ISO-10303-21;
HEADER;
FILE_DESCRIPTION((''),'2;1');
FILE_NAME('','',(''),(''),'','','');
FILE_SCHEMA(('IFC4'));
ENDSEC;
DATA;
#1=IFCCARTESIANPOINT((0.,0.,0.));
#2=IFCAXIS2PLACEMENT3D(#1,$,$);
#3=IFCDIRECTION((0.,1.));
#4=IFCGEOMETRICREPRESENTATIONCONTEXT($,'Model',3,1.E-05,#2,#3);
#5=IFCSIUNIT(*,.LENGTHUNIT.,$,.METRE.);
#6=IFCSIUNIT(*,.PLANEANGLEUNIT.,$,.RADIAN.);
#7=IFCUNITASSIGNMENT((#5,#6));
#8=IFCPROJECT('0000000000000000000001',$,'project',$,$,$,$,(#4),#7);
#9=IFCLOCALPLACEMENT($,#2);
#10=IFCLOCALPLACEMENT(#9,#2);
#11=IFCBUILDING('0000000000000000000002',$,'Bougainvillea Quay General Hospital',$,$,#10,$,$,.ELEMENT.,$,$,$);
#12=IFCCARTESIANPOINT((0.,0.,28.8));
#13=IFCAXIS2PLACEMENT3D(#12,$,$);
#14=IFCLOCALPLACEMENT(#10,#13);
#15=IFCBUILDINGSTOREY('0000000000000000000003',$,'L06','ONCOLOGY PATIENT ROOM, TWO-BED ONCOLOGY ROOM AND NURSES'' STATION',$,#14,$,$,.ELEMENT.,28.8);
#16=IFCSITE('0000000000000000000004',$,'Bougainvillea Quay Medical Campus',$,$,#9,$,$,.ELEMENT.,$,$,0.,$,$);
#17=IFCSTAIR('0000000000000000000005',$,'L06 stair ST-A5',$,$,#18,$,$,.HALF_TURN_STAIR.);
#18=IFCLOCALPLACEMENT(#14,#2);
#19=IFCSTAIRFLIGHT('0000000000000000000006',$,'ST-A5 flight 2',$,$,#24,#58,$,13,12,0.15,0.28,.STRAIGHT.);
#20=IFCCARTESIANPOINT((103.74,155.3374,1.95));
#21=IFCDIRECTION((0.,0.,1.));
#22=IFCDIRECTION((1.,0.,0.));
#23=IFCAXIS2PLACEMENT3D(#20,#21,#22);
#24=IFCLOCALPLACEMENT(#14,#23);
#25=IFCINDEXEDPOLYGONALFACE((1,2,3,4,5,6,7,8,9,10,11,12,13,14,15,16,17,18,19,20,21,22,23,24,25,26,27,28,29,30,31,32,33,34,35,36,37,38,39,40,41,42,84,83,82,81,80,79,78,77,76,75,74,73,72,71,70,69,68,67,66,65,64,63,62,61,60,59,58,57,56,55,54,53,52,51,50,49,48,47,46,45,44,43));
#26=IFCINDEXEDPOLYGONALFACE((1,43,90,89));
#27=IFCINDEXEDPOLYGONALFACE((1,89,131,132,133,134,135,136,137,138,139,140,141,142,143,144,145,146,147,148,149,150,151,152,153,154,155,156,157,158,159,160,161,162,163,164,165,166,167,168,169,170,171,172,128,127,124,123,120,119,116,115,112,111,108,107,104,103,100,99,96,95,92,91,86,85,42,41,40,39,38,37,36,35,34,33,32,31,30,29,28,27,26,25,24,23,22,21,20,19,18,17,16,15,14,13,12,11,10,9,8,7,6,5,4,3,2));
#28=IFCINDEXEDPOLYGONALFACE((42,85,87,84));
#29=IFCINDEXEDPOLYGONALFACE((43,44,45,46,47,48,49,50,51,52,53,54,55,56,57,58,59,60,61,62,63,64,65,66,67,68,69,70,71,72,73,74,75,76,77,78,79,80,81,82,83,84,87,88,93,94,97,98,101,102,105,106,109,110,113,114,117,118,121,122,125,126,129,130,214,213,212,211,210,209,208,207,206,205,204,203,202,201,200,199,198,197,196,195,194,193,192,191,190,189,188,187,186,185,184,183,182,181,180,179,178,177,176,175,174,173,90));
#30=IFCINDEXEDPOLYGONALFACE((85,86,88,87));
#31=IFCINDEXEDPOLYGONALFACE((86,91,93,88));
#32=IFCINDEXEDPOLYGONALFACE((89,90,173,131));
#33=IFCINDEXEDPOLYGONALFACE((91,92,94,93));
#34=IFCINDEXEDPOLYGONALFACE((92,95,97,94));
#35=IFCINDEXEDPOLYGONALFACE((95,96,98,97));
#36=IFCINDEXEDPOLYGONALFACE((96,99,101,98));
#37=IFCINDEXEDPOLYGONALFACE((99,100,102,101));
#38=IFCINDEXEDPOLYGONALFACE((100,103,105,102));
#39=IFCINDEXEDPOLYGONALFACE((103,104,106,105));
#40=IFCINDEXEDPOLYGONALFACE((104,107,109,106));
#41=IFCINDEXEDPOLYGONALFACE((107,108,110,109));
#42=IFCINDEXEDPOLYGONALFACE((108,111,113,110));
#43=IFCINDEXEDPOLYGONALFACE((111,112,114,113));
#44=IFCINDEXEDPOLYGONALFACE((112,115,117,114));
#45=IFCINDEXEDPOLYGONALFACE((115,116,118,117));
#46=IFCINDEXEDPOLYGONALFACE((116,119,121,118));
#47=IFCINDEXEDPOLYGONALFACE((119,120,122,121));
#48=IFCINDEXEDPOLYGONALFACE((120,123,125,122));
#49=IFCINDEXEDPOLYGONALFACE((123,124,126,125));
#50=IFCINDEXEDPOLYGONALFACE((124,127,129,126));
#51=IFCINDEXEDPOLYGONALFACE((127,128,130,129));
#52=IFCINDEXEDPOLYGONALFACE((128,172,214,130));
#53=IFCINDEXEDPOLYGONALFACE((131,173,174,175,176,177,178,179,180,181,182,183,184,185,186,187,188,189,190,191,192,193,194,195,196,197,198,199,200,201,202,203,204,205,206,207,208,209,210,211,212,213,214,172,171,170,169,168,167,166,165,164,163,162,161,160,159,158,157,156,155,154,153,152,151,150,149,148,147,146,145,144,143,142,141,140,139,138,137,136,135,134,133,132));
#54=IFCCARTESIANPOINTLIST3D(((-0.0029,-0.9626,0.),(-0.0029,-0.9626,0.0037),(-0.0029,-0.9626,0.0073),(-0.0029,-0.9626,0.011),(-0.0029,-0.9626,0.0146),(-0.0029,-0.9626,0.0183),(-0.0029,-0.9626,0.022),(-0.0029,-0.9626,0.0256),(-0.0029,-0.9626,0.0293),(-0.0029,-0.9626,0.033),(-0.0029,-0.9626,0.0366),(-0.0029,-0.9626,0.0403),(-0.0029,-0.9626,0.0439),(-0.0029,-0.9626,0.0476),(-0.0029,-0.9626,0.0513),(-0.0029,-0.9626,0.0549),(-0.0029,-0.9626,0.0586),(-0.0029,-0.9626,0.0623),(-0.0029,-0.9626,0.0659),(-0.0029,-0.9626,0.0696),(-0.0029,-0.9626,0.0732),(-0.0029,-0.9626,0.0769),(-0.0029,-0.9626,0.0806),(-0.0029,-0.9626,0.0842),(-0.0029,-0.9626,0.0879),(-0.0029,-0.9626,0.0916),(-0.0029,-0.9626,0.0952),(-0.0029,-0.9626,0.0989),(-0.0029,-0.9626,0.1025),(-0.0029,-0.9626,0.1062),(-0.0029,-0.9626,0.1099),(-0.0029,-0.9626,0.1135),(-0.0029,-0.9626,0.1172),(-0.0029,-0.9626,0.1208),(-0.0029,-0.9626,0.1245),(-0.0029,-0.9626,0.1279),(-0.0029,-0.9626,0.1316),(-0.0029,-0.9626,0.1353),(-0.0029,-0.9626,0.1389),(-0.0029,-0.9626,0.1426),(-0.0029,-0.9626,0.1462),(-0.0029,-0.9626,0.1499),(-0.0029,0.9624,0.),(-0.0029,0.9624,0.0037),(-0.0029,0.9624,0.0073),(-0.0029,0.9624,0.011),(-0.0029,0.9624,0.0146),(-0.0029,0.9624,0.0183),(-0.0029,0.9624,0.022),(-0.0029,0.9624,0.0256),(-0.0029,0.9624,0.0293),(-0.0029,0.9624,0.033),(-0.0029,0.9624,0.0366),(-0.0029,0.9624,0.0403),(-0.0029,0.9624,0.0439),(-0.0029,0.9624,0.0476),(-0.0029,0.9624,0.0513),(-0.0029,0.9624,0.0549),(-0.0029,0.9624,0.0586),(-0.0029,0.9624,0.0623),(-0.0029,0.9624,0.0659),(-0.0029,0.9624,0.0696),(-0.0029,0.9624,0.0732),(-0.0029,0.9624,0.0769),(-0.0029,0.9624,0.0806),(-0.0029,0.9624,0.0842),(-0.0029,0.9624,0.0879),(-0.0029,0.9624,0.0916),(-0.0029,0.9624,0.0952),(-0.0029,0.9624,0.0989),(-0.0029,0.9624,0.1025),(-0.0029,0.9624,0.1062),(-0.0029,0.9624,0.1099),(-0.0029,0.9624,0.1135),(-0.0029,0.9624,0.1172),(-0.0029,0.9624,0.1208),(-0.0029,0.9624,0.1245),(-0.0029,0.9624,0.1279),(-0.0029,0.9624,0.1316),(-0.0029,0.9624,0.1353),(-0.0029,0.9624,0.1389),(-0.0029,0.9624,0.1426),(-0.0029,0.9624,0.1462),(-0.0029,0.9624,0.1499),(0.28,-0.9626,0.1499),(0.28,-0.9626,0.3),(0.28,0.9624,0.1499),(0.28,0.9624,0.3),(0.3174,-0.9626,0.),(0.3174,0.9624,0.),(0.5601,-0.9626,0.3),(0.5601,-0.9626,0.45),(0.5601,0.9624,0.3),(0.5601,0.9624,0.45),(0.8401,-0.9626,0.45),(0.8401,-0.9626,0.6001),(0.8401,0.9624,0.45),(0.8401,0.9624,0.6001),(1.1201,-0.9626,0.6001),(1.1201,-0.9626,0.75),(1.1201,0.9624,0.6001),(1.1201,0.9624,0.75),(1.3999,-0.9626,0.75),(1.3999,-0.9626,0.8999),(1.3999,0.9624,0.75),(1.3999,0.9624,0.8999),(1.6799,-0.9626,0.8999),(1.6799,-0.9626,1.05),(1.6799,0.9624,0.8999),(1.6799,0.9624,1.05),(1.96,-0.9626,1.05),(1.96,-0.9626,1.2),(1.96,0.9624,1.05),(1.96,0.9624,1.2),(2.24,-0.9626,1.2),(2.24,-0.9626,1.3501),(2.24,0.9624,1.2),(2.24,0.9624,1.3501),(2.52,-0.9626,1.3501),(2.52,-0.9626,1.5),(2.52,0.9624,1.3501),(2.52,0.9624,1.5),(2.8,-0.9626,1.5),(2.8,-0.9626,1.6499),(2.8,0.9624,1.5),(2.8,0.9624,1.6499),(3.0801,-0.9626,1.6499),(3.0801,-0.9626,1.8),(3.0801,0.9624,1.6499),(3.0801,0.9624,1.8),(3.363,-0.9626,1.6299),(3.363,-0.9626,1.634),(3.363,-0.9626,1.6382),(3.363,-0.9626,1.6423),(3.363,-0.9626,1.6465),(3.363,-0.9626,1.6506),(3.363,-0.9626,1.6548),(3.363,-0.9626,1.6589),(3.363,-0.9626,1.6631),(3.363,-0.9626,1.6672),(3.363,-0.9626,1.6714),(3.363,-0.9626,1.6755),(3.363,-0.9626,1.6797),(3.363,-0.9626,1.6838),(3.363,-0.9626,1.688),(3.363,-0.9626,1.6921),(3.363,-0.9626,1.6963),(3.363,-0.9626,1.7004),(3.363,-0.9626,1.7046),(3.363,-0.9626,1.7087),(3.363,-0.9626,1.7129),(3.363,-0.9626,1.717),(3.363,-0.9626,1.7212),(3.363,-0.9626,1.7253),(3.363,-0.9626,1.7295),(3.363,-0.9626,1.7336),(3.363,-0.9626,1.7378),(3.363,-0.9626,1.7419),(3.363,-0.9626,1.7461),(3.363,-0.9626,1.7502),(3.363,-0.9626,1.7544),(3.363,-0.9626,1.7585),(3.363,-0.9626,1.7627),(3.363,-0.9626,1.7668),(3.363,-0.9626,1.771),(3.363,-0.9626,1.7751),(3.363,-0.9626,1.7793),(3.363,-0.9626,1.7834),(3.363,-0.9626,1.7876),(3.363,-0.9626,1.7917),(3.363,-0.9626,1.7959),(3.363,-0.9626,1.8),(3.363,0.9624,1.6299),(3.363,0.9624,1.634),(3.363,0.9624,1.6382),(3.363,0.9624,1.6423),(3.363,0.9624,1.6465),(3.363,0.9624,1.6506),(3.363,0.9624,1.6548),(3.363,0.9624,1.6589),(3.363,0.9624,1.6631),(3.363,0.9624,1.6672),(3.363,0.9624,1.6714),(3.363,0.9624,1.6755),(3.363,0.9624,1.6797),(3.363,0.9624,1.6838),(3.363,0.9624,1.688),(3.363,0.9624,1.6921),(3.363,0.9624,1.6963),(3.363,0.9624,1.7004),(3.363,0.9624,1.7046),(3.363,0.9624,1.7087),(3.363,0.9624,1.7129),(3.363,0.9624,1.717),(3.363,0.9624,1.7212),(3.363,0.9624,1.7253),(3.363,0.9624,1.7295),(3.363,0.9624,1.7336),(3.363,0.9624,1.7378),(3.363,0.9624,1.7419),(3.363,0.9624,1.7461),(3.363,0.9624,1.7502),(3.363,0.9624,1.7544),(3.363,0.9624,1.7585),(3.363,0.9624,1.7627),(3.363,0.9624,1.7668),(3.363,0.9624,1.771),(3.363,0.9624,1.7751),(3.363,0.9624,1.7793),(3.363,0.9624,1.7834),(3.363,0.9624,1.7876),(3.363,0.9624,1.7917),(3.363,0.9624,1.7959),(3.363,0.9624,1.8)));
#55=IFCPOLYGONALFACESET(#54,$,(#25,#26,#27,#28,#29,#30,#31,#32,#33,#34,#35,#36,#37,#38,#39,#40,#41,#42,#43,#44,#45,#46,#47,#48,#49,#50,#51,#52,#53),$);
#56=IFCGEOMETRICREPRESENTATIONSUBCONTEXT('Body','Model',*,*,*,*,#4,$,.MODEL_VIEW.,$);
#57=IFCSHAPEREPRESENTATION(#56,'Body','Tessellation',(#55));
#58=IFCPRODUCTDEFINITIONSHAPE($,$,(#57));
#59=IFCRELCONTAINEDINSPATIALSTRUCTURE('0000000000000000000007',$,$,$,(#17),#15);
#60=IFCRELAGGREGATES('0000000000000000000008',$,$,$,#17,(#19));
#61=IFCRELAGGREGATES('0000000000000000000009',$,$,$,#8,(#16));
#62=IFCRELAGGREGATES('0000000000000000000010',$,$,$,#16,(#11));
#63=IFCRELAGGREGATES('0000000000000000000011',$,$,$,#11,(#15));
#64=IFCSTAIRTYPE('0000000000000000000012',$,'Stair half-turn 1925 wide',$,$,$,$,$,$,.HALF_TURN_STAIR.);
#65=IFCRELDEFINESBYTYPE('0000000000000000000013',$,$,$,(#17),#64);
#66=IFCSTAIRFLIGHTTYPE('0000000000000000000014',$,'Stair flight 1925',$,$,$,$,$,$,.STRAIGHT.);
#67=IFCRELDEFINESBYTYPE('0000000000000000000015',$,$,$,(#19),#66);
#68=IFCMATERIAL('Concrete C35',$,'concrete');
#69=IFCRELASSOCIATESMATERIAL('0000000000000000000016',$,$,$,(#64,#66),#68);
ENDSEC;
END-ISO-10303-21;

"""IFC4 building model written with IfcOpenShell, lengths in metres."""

from ifc_helpers import new_model, si_unit, direction, frame, origin, place, context, subcontext, project, spatial, polyline, outline, extrude, material, type_object, element, aggregate, save


model = new_model("IFC4")

# Units and contexts
model_context = context("Model", 3, precision=1e-05, world=origin(), true_north=direction((0.0, 1.0)))
body_context = subcontext(model_context, "Body", "Model", "MODEL_VIEW")
ifc_project = project(units=[si_unit("LENGTHUNIT", "METRE"), si_unit("PLANEANGLEUNIT", "RADIAN")], contexts=[model_context])

# Site, building, storey
site_placement = place(None, origin())
site = spatial("IfcSite", under=ifc_project, at=site_placement, Name="Bougainvillea Quay Medical Campus", CompositionType="ELEMENT", RefElevation=0.0)
building_placement = place(site_placement, origin())
building = spatial("IfcBuilding", under=site, at=building_placement, Name="Bougainvillea Quay General Hospital", CompositionType="ELEMENT")
storey_placement = place(building_placement, frame((0.0, 0.0, 28.8)))
storey = spatial("IfcBuildingStorey", under=building, at=storey_placement, Name="L06", Description="ONCOLOGY PATIENT ROOM, TWO-BED ONCOLOGY ROOM AND NURSES' STATION", CompositionType="ELEMENT", Elevation=28.8)

# Stair, stair flight
ifc_material_1 = material(Name="Concrete C35", Category="concrete")
stair_type = type_object("IfcStairType", Name="Stair half-turn 1925 wide", PredefinedType="HALF_TURN_STAIR", material=ifc_material_1)
stair_placement = place(storey_placement, origin())
stair = element("IfcStair", 1, at=stair_placement, inside=storey, type_object=stair_type, Name="L06 stair ST-A5", PredefinedType="HALF_TURN_STAIR")
stair_flight_type = type_object("IfcStairFlightType", Name="Stair flight 1925", PredefinedType="STRAIGHT", material=ifc_material_1)
stair_flight_1_placement = place(storey_placement, frame((103.74, 155.3374, 1.95), z_axis=(0.0, 0.0, 1.0), x_axis=(1.0, 0.0, 0.0)))
stair_flight_1 = element("IfcStairFlight", 2, at=stair_flight_1_placement, type_object=stair_flight_type, Name="ST-A5 flight 2", NumberOfRisers=13, NumberOfTreads=12, PredefinedType="STRAIGHT", RiserHeight=0.15, TreadLength=0.28, context=body_context, shape_type="SweptSolid", body=[
    extrude(outline(polyline([(-0.0029, 0.0), (-0.0029, 0.0037), (-0.0029, 0.0073), (-0.0029, 0.011), (-0.0029, 0.0146), (-0.0029, 0.0183), (-0.0029, 0.022), (-0.0029, 0.0256), (-0.0029, 0.0293), (-0.0029, 0.033), (-0.0029, 0.0366), (-0.0029, 0.0403), (-0.0029, 0.0439), (-0.0029, 0.0476), (-0.0029, 0.0513), (-0.0029, 0.0549), (-0.0029, 0.0586), (-0.0029, 0.0623), (-0.0029, 0.0659), (-0.0029, 0.0696), (-0.0029, 0.0732), (-0.0029, 0.0769), (-0.0029, 0.0806), (-0.0029, 0.0842), (-0.0029, 0.0879), (-0.0029, 0.0916), (-0.0029, 0.0952), (-0.0029, 0.0989), (-0.0029, 0.1025), (-0.0029, 0.1062), (-0.0029, 0.1099), (-0.0029, 0.1135), (-0.0029, 0.1172), (-0.0029, 0.1208), (-0.0029, 0.1245), (-0.0029, 0.1279), (-0.0029, 0.1316), (-0.0029, 0.1353), (-0.0029, 0.1389), (-0.0029, 0.1426), (-0.0029, 0.1462), (-0.0029, 0.1499), (0.28, 0.1499), (0.28, 0.3), (0.5601, 0.3), (0.5601, 0.45), (0.8401, 0.45), (0.8401, 0.6001), (1.1201, 0.6001), (1.1201, 0.75), (1.3999, 0.75), (1.3999, 0.8999), (1.6799, 0.8999), (1.6799, 1.05), (1.96, 1.05), (1.96, 1.2), (2.24, 1.2), (2.24, 1.3501), (2.52, 1.3501), (2.52, 1.5), (2.8, 1.5), (2.8, 1.6499), (3.0801, 1.6499), (3.0801, 1.8), (3.363, 1.8), (3.363, 1.7959), (3.363, 1.7917), (3.363, 1.7876), (3.363, 1.7834), (3.363, 1.7793), (3.363, 1.7751), (3.363, 1.771), (3.363, 1.7668), (3.363, 1.7627), (3.363, 1.7585), (3.363, 1.7544), (3.363, 1.7502), (3.363, 1.7461), (3.363, 1.7419), (3.363, 1.7378), (3.363, 1.7336), (3.363, 1.7295), (3.363, 1.7253), (3.363, 1.7212), (3.363, 1.717), (3.363, 1.7129), (3.363, 1.7087), (3.363, 1.7046), (3.363, 1.7004), (3.363, 1.6963), (3.363, 1.6921), (3.363, 1.688), (3.363, 1.6838), (3.363, 1.6797), (3.363, 1.6755), (3.363, 1.6714), (3.363, 1.6672), (3.363, 1.6631), (3.363, 1.6589), (3.363, 1.6548), (3.363, 1.6506), (3.363, 1.6465), (3.363, 1.6423), (3.363, 1.6382), (3.363, 1.634), (3.363, 1.6299), (0.3174, 0.0), (-0.0029, 0.0)])), frame((0.0, 0.9624, 0.0), z_axis=(0.0, -1.0, 0.0), x_axis=(1.0, 0.0, 0.0)), (0.0, 0.0, 1.0), 1.925),
])
aggregate(stair, [stair_flight_1])

save(model, "model.ifc")
